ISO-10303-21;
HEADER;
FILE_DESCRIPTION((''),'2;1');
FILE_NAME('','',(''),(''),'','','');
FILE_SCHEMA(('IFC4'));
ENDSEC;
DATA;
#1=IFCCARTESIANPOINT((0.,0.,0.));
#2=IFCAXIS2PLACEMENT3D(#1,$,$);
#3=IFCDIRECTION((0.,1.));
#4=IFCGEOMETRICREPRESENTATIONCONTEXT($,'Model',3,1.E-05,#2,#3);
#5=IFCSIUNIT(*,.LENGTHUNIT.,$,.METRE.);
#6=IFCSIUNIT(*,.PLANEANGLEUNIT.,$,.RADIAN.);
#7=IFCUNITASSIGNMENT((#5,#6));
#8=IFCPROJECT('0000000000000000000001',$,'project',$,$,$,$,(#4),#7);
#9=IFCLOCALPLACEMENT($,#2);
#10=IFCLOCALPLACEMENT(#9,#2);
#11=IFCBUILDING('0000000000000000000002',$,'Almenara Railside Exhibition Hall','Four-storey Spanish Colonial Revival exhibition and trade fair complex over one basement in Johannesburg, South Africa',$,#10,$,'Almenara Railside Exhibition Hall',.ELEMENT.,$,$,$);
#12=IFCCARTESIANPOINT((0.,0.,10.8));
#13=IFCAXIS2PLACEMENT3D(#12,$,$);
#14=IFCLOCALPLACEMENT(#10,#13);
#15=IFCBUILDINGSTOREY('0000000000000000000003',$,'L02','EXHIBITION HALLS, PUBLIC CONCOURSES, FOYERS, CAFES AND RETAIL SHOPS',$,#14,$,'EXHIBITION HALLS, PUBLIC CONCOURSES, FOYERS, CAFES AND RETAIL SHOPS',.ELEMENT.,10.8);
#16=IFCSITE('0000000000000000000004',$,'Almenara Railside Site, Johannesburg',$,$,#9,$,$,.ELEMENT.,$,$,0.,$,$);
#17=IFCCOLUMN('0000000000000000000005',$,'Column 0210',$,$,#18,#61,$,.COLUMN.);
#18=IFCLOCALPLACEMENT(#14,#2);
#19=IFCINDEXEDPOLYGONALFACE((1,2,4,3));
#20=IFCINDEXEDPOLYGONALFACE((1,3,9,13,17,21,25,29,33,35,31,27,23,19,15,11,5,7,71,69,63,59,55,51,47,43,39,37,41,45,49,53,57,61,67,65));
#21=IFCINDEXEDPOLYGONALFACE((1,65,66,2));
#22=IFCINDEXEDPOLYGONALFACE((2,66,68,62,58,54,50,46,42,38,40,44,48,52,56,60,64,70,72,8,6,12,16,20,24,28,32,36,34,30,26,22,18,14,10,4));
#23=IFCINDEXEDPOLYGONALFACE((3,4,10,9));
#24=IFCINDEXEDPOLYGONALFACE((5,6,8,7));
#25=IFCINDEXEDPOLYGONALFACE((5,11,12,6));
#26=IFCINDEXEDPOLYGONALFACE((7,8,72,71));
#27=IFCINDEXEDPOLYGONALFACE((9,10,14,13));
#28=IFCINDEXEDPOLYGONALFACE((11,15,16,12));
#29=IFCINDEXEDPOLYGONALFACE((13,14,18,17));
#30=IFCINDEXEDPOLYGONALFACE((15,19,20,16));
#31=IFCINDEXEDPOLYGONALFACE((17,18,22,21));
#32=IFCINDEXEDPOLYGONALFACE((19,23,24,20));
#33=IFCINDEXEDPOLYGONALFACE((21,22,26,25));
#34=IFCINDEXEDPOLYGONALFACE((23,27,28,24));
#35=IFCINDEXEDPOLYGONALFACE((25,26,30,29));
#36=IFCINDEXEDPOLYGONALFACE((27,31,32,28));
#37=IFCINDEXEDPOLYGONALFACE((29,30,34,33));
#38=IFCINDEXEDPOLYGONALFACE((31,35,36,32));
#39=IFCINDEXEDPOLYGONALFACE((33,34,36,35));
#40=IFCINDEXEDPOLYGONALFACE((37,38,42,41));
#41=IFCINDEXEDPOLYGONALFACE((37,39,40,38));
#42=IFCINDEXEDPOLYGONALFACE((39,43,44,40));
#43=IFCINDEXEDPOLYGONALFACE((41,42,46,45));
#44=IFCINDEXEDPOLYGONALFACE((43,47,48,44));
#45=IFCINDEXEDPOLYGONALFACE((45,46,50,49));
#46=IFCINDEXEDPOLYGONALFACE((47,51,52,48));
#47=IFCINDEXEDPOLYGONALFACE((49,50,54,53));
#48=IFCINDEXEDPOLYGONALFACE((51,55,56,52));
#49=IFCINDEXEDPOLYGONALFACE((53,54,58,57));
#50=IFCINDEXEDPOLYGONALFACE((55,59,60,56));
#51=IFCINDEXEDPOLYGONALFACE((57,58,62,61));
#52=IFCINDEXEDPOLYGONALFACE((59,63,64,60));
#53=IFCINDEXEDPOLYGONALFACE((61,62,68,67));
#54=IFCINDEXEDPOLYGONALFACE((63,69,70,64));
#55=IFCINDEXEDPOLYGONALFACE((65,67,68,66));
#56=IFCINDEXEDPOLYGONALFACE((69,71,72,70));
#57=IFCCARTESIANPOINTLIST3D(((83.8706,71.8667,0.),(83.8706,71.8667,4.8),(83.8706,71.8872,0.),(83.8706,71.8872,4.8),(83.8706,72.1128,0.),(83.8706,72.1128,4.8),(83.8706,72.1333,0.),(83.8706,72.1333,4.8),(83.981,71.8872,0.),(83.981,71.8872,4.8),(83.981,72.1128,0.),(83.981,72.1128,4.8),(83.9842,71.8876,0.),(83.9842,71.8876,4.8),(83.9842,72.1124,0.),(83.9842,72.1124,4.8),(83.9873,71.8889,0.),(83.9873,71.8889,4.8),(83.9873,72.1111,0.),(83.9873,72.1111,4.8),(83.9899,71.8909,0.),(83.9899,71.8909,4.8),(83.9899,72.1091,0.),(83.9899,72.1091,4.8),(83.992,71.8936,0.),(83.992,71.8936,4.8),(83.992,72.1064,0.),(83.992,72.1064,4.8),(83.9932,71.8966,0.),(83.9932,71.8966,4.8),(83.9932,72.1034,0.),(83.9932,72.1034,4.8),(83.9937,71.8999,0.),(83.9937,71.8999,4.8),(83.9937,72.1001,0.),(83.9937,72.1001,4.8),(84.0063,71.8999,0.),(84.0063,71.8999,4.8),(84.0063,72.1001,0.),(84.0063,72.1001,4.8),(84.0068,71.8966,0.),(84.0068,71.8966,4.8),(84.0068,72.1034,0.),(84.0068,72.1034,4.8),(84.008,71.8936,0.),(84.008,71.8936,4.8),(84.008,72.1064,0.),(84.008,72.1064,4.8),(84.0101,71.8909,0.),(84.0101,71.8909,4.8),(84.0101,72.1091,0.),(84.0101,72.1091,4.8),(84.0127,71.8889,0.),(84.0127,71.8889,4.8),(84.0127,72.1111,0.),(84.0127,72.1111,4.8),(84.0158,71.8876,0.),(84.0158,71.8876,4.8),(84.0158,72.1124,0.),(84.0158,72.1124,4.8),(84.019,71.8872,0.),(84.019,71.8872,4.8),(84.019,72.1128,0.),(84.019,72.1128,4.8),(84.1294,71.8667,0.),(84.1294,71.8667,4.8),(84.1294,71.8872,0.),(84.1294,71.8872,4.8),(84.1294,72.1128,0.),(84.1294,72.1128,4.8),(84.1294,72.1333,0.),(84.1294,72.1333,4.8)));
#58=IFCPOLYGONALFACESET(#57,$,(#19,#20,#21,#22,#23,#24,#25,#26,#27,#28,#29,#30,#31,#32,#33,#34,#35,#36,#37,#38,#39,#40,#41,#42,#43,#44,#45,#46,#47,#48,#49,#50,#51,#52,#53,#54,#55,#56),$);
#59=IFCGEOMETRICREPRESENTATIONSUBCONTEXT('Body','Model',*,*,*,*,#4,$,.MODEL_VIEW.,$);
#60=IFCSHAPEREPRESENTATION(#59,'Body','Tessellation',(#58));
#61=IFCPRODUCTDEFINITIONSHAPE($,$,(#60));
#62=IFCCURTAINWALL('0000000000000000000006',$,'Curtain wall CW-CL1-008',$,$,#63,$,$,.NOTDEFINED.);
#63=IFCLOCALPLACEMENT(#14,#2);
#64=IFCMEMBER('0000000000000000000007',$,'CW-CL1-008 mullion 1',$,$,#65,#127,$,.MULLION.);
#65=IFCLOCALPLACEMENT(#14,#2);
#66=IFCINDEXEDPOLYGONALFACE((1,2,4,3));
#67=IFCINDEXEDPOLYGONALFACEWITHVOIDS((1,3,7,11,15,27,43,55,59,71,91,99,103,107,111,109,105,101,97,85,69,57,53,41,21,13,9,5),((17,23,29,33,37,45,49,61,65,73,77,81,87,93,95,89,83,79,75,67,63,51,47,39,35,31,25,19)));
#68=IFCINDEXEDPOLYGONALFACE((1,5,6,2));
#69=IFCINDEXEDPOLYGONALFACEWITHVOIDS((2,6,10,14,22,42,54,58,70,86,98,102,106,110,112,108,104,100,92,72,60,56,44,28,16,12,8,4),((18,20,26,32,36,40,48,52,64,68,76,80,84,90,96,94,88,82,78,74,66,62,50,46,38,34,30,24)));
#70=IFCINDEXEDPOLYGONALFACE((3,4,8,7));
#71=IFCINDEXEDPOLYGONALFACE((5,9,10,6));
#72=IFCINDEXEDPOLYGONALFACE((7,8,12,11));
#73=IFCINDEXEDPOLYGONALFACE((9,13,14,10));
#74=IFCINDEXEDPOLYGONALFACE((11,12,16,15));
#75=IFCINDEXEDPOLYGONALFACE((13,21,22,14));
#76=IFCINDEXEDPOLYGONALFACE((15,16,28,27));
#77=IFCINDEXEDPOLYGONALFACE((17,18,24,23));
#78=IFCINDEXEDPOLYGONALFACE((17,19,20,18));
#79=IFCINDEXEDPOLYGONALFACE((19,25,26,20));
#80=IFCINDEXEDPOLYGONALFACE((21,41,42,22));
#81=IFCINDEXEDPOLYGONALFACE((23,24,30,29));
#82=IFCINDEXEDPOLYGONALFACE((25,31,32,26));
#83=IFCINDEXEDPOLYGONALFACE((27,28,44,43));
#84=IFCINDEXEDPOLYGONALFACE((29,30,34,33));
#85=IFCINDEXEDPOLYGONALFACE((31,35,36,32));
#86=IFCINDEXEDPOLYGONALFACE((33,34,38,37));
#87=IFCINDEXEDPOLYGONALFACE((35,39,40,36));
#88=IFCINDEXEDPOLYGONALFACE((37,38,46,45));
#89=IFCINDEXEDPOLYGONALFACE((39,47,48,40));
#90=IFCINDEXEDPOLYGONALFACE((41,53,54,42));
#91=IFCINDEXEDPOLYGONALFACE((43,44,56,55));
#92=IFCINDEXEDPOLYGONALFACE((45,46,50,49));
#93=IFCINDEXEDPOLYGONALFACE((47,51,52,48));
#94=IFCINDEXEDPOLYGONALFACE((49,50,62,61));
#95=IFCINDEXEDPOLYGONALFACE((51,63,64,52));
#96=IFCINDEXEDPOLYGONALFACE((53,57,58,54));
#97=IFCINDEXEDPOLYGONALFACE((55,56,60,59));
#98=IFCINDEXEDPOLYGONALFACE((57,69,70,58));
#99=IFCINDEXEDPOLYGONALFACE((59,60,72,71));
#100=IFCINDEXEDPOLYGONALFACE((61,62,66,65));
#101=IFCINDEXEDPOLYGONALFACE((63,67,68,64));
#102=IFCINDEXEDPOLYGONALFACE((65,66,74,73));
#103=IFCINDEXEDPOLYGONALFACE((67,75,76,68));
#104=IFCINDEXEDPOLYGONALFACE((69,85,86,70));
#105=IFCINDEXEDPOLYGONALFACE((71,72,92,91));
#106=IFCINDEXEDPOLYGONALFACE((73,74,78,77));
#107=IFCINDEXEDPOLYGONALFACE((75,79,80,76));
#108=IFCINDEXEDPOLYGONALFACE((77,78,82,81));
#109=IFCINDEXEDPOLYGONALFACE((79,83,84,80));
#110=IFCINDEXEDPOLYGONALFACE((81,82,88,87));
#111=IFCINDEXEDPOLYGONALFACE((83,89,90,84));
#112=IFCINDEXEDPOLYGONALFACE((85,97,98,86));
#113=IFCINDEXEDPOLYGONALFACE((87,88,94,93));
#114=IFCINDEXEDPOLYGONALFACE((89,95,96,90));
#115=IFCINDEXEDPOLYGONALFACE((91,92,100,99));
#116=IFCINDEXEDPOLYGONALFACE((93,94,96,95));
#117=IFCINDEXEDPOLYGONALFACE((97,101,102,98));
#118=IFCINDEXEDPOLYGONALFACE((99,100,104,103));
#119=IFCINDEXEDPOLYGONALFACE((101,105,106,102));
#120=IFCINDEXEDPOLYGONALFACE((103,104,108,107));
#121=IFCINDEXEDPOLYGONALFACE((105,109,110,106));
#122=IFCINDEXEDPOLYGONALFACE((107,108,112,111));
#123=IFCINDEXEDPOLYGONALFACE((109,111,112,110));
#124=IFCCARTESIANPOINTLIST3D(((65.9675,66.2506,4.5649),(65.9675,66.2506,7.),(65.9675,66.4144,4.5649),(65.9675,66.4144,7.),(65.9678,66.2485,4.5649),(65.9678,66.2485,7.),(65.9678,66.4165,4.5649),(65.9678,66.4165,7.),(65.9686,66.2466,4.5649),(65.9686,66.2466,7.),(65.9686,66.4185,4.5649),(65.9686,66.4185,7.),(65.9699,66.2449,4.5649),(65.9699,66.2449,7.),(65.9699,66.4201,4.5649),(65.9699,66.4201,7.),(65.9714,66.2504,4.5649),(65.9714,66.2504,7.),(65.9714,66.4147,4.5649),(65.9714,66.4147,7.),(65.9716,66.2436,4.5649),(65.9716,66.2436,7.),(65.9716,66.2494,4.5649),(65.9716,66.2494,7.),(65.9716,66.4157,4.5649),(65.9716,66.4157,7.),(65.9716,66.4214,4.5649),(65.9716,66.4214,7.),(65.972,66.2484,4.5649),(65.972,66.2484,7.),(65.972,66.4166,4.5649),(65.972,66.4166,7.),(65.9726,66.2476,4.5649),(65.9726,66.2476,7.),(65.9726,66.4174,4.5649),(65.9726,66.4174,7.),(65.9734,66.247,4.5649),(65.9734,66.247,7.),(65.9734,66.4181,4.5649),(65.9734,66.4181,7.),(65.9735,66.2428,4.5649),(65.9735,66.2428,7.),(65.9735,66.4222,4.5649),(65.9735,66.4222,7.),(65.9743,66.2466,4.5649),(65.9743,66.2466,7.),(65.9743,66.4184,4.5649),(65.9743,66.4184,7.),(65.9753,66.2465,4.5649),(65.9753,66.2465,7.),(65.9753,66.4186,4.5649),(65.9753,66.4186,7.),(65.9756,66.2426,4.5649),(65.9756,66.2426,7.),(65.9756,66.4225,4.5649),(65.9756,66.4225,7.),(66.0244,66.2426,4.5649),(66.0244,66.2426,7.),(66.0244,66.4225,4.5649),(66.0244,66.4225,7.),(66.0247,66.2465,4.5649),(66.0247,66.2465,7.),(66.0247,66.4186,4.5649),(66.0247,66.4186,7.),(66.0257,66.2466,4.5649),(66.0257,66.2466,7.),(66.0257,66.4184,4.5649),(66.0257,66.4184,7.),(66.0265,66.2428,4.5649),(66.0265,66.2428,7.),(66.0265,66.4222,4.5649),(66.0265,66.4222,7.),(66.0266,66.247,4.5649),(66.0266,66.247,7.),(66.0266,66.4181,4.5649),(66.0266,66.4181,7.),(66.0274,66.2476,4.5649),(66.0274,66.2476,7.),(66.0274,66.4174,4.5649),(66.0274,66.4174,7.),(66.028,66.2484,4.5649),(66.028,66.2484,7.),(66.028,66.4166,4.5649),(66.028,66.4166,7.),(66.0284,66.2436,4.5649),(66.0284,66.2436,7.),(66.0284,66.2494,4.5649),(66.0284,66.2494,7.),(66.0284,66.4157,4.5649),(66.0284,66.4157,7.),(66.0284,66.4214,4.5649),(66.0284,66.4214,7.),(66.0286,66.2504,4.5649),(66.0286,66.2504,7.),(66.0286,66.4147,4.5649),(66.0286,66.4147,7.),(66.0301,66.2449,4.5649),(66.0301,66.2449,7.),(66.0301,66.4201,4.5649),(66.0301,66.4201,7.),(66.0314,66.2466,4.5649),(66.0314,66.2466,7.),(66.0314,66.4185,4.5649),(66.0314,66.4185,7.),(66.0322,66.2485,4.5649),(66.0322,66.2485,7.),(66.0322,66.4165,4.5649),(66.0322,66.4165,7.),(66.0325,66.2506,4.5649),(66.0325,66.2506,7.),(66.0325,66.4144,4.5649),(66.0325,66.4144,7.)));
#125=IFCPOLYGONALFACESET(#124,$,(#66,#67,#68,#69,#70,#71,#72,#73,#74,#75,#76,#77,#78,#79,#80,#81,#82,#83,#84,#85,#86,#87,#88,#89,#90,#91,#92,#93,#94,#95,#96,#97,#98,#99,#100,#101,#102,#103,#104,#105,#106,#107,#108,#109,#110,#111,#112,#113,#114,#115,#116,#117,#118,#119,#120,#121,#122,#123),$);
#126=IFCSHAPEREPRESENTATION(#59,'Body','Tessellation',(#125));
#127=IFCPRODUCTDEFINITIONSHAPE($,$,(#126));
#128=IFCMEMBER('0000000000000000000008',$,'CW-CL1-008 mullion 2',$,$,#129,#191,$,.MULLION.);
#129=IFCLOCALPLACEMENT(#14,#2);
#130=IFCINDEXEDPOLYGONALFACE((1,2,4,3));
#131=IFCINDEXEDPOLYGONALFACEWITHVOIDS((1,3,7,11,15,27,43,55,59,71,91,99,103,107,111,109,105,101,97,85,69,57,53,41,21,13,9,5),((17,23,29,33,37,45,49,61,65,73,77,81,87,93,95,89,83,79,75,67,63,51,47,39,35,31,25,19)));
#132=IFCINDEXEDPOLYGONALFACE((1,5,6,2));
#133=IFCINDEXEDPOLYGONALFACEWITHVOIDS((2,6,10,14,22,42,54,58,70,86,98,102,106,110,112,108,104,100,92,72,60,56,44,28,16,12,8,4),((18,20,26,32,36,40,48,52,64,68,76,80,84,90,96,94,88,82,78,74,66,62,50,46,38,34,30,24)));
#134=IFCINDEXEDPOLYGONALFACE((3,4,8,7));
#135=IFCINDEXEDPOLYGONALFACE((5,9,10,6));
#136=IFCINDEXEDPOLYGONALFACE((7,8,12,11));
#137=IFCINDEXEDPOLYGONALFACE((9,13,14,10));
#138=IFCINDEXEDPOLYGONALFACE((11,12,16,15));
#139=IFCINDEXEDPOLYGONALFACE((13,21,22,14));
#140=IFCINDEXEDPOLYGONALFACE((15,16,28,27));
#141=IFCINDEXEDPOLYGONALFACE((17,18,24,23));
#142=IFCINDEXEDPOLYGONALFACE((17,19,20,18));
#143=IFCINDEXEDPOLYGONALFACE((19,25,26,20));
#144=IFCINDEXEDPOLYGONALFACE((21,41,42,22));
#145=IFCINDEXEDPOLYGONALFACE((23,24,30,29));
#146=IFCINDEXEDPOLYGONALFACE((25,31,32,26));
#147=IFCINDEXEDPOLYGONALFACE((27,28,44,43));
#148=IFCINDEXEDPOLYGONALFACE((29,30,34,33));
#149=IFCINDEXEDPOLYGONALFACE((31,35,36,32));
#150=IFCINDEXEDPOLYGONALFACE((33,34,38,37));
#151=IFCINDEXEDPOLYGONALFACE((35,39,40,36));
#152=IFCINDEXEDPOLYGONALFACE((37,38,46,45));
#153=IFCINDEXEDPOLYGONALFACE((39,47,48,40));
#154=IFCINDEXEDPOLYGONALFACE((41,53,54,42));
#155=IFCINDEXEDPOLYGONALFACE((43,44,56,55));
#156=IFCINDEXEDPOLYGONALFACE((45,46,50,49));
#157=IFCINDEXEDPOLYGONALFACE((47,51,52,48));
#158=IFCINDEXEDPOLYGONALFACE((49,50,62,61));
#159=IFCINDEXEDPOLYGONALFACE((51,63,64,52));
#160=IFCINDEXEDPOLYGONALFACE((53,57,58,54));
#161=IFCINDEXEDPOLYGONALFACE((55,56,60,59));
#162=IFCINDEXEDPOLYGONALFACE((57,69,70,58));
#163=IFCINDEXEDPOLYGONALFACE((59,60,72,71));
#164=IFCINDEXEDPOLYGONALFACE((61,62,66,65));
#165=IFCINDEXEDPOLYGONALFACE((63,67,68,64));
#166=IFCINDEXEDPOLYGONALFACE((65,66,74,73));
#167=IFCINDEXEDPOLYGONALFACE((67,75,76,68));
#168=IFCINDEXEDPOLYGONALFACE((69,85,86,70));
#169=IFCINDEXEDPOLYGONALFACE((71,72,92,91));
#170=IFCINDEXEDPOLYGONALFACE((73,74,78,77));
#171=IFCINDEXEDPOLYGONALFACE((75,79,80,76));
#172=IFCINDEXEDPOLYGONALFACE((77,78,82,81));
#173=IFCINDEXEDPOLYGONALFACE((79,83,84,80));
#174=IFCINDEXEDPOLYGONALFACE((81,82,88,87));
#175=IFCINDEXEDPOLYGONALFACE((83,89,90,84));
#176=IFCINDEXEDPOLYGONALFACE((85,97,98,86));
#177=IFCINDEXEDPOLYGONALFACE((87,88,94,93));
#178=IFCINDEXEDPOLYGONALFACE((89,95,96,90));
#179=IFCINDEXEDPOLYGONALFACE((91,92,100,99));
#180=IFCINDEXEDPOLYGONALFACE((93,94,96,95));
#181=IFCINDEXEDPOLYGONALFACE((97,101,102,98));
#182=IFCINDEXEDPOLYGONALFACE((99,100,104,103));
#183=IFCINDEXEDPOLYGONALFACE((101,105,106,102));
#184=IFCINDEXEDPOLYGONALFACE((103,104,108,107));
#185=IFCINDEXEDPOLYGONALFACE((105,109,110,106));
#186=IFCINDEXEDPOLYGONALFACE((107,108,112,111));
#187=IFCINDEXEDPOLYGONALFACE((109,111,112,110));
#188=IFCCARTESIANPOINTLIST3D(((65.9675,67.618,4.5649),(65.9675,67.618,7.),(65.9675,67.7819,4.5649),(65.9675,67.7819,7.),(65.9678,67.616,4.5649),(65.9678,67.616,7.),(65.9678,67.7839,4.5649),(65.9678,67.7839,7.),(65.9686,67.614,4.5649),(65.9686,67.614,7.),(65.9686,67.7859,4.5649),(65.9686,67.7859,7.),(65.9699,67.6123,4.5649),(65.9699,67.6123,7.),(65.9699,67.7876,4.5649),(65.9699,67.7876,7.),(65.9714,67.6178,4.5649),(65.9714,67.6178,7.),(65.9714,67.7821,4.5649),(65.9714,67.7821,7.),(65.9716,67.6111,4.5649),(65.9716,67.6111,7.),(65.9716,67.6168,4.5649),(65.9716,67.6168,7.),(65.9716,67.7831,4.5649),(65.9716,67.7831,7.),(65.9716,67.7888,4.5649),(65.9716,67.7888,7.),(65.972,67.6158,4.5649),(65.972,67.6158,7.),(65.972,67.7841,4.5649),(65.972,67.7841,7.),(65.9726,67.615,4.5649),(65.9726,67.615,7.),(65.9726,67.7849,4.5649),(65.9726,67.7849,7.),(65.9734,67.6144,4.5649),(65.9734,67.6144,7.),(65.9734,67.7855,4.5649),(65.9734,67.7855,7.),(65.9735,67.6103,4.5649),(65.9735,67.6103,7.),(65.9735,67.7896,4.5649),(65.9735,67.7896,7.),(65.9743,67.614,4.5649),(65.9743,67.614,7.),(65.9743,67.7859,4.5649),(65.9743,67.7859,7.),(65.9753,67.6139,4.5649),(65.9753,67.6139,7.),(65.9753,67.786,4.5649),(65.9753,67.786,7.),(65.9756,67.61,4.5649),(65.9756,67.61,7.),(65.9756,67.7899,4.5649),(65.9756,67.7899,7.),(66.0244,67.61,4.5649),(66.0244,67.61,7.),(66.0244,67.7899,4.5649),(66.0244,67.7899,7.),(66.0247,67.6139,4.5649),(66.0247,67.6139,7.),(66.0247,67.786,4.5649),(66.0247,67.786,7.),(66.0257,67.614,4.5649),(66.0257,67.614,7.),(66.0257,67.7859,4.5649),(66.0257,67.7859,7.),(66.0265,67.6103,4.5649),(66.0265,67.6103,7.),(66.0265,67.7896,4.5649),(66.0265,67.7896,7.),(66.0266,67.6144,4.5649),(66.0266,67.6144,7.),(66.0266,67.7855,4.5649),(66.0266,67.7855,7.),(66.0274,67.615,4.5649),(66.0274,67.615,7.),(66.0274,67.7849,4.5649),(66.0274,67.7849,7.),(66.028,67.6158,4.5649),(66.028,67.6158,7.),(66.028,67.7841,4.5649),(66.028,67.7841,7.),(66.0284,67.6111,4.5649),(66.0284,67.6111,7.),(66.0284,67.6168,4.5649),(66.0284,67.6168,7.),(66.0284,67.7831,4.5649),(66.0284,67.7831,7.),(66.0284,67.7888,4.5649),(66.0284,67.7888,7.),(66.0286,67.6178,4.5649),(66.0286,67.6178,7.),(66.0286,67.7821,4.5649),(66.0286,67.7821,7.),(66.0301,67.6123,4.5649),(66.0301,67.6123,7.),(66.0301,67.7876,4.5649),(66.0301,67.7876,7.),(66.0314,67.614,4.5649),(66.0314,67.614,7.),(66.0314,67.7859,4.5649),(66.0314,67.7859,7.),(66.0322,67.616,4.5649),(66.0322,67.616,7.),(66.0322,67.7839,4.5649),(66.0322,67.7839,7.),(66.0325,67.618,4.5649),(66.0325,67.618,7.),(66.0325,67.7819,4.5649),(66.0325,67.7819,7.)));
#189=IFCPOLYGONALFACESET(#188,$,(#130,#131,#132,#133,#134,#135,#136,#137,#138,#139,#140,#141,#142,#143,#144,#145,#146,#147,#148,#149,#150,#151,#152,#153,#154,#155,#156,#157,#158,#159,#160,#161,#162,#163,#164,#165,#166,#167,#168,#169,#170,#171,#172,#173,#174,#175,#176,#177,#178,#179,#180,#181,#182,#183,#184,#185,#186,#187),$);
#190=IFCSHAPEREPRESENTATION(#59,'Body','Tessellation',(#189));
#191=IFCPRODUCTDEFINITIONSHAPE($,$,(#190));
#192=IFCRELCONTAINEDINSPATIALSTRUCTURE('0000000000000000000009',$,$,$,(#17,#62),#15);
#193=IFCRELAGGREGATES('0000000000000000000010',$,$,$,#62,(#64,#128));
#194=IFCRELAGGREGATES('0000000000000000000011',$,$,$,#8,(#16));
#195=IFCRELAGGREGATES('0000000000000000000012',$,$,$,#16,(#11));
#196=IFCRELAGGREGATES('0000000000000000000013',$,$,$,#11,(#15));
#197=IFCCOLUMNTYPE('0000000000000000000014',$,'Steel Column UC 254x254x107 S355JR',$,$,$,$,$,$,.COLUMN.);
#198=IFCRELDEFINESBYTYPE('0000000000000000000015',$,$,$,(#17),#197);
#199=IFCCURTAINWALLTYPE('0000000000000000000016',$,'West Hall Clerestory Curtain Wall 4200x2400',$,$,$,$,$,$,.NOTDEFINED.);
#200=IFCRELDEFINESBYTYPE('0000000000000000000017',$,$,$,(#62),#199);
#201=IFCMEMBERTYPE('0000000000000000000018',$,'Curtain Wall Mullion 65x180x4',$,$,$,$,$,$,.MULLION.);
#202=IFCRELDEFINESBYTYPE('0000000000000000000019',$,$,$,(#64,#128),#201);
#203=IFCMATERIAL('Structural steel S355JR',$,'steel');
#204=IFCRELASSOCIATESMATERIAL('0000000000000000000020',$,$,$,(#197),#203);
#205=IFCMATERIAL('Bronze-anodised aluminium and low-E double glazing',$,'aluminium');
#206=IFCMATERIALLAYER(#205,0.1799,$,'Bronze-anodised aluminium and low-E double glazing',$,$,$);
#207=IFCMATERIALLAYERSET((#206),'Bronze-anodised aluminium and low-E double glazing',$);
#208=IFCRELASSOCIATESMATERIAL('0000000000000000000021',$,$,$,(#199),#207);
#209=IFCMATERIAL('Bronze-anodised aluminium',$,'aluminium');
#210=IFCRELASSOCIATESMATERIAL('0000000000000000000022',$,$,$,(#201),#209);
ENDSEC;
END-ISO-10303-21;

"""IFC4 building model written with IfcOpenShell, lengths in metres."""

from ifc_helpers import new_model, si_unit, direction, frame, origin, origin_2d, place, context, subcontext, project, spatial, hollow_rectangle, i_section, extrude, material, layer, layer_set, material_profile, profile_set, type_object, element, aggregate, save


model = new_model("IFC4")

# Units and contexts
model_context = context("Model", 3, precision=1e-05, world=origin(), true_north=direction((0.0, 1.0)))
body_context = subcontext(model_context, "Body", "Model", "MODEL_VIEW")
ifc_project = project(units=[si_unit("LENGTHUNIT", "METRE"), si_unit("PLANEANGLEUNIT", "RADIAN")], contexts=[model_context])

# Site, building, storey
site_placement = place(None, origin())
site = spatial("IfcSite", under=ifc_project, at=site_placement, Name="Almenara Railside Site, Johannesburg", CompositionType="ELEMENT", RefElevation=0.0)
building_placement = place(site_placement, origin())
building = spatial("IfcBuilding", under=site, at=building_placement, Name="Almenara Railside Exhibition Hall", Description="Four-storey Spanish Colonial Revival exhibition and trade fair complex over one basement in Johannesburg, South Africa", LongName="Almenara Railside Exhibition Hall", CompositionType="ELEMENT")
storey_placement = place(building_placement, frame((0.0, 0.0, 10.8)))
storey = spatial("IfcBuildingStorey", under=building, at=storey_placement, Name="L02", Description="EXHIBITION HALLS, PUBLIC CONCOURSES, FOYERS, CAFES AND RETAIL SHOPS", LongName="EXHIBITION HALLS, PUBLIC CONCOURSES, FOYERS, CAFES AND RETAIL SHOPS", CompositionType="ELEMENT", Elevation=10.8)

# Column
ifc_material_1 = material(Name="Structural steel S355JR", Category="steel")
ifc_material_profile_1 = material_profile(ifc_material_1, i_section(OverallWidth=0.2588, OverallDepth=0.2666, WebThickness=0.0127, FlangeThickness=0.0205, FilletRadius=0.0127, at=origin_2d()), Name="UC 254x254x107")
ifc_profile_set_1 = profile_set([ifc_material_profile_1], Name="Structural steel S355JR")
column_type = type_object("IfcColumnType", Name="Steel Column UC 254x254x107 S355JR", PredefinedType="COLUMN", material=ifc_profile_set_1)
column_placement = place(storey_placement, frame((84.0, 72.0, 0.0), z_axis=(0.0, 0.0, 1.0), x_axis=(1.0, 0.0, 0.0)))
element("IfcColumn", 1, at=column_placement, inside=storey, type_object=column_type, Name="Column 0210", PredefinedType="COLUMN", context=body_context, shape_type="SweptSolid", body=[
    extrude(i_section(OverallWidth=0.2588, OverallDepth=0.2666, WebThickness=0.0127, FlangeThickness=0.0205, FilletRadius=0.0127, at=origin_2d()), origin(), (0.0, 0.0, 1.0), 4.8),
])

# Curtain wall, members
ifc_material_2 = material(Name="Bronze-anodised aluminium and low-E double glazing", Category="aluminium")
ifc_layer_1 = layer(ifc_material_2, 0.1799, Name="Bronze-anodised aluminium and low-E double glazing")
ifc_layer_set_1 = layer_set([ifc_layer_1], Name="Bronze-anodised aluminium and low-E double glazing")
curtain_wall_type_1 = type_object("IfcCurtainWallType", Name="West Hall Clerestory Curtain Wall 4200x2400", PredefinedType="NOTDEFINED", material=ifc_layer_set_1)
curtain_wall_1_placement = place(storey_placement, origin())
curtain_wall_1 = element("IfcCurtainWall", 2, at=curtain_wall_1_placement, inside=storey, type_object=curtain_wall_type_1, Name="Curtain wall CW-CL1-008", PredefinedType="NOTDEFINED")
ifc_material_3 = material(Name="Bronze-anodised aluminium", Category="aluminium")
ifc_material_profile_2 = material_profile(ifc_material_3, hollow_rectangle(XDim=0.0649, YDim=0.1799, WallThickness=0.0039, InnerFilletRadius=0.0039, OuterFilletRadius=0.0081, at=origin_2d()), Name="ALU-MUL 65x180x4")
ifc_profile_set_2 = profile_set([ifc_material_profile_2], Name="Bronze-anodised aluminium")
member_type_1 = type_object("IfcMemberType", Name="Curtain Wall Mullion 65x180x4", PredefinedType="MULLION", material=ifc_profile_set_2)
member_1_placement = place(storey_placement, frame((66.0, 66.3325, 4.5649), z_axis=(0.0, 0.0, 1.0), x_axis=(-1.0, 0.0, 0.0)))
member_1 = element("IfcMember", 3, at=member_1_placement, type_object=member_type_1, Name="CW-CL1-008 mullion 1", PredefinedType="MULLION", context=body_context, shape_type="SweptSolid", body=[
    extrude(hollow_rectangle(XDim=0.0649, YDim=0.1799, WallThickness=0.0039, InnerFilletRadius=0.0039, OuterFilletRadius=0.0081, at=origin_2d()), origin(), (0.0, 0.0, 1.0), 2.4351),
])
member_2_placement = place(storey_placement, frame((66.0, 67.7, 4.5649), z_axis=(0.0, 0.0, 1.0), x_axis=(-1.0, 0.0, 0.0)))
member_2 = element("IfcMember", 4, at=member_2_placement, type_object=member_type_1, Name="CW-CL1-008 mullion 2", PredefinedType="MULLION", context=body_context, shape_type="SweptSolid", body=[
    extrude(hollow_rectangle(XDim=0.0649, YDim=0.1799, WallThickness=0.0039, InnerFilletRadius=0.0039, OuterFilletRadius=0.0081, at=origin_2d()), origin(), (0.0, 0.0, 1.0), 2.4351),
])

aggregate(curtain_wall_1, [member_1, member_2])

save(model, "model.ifc")
